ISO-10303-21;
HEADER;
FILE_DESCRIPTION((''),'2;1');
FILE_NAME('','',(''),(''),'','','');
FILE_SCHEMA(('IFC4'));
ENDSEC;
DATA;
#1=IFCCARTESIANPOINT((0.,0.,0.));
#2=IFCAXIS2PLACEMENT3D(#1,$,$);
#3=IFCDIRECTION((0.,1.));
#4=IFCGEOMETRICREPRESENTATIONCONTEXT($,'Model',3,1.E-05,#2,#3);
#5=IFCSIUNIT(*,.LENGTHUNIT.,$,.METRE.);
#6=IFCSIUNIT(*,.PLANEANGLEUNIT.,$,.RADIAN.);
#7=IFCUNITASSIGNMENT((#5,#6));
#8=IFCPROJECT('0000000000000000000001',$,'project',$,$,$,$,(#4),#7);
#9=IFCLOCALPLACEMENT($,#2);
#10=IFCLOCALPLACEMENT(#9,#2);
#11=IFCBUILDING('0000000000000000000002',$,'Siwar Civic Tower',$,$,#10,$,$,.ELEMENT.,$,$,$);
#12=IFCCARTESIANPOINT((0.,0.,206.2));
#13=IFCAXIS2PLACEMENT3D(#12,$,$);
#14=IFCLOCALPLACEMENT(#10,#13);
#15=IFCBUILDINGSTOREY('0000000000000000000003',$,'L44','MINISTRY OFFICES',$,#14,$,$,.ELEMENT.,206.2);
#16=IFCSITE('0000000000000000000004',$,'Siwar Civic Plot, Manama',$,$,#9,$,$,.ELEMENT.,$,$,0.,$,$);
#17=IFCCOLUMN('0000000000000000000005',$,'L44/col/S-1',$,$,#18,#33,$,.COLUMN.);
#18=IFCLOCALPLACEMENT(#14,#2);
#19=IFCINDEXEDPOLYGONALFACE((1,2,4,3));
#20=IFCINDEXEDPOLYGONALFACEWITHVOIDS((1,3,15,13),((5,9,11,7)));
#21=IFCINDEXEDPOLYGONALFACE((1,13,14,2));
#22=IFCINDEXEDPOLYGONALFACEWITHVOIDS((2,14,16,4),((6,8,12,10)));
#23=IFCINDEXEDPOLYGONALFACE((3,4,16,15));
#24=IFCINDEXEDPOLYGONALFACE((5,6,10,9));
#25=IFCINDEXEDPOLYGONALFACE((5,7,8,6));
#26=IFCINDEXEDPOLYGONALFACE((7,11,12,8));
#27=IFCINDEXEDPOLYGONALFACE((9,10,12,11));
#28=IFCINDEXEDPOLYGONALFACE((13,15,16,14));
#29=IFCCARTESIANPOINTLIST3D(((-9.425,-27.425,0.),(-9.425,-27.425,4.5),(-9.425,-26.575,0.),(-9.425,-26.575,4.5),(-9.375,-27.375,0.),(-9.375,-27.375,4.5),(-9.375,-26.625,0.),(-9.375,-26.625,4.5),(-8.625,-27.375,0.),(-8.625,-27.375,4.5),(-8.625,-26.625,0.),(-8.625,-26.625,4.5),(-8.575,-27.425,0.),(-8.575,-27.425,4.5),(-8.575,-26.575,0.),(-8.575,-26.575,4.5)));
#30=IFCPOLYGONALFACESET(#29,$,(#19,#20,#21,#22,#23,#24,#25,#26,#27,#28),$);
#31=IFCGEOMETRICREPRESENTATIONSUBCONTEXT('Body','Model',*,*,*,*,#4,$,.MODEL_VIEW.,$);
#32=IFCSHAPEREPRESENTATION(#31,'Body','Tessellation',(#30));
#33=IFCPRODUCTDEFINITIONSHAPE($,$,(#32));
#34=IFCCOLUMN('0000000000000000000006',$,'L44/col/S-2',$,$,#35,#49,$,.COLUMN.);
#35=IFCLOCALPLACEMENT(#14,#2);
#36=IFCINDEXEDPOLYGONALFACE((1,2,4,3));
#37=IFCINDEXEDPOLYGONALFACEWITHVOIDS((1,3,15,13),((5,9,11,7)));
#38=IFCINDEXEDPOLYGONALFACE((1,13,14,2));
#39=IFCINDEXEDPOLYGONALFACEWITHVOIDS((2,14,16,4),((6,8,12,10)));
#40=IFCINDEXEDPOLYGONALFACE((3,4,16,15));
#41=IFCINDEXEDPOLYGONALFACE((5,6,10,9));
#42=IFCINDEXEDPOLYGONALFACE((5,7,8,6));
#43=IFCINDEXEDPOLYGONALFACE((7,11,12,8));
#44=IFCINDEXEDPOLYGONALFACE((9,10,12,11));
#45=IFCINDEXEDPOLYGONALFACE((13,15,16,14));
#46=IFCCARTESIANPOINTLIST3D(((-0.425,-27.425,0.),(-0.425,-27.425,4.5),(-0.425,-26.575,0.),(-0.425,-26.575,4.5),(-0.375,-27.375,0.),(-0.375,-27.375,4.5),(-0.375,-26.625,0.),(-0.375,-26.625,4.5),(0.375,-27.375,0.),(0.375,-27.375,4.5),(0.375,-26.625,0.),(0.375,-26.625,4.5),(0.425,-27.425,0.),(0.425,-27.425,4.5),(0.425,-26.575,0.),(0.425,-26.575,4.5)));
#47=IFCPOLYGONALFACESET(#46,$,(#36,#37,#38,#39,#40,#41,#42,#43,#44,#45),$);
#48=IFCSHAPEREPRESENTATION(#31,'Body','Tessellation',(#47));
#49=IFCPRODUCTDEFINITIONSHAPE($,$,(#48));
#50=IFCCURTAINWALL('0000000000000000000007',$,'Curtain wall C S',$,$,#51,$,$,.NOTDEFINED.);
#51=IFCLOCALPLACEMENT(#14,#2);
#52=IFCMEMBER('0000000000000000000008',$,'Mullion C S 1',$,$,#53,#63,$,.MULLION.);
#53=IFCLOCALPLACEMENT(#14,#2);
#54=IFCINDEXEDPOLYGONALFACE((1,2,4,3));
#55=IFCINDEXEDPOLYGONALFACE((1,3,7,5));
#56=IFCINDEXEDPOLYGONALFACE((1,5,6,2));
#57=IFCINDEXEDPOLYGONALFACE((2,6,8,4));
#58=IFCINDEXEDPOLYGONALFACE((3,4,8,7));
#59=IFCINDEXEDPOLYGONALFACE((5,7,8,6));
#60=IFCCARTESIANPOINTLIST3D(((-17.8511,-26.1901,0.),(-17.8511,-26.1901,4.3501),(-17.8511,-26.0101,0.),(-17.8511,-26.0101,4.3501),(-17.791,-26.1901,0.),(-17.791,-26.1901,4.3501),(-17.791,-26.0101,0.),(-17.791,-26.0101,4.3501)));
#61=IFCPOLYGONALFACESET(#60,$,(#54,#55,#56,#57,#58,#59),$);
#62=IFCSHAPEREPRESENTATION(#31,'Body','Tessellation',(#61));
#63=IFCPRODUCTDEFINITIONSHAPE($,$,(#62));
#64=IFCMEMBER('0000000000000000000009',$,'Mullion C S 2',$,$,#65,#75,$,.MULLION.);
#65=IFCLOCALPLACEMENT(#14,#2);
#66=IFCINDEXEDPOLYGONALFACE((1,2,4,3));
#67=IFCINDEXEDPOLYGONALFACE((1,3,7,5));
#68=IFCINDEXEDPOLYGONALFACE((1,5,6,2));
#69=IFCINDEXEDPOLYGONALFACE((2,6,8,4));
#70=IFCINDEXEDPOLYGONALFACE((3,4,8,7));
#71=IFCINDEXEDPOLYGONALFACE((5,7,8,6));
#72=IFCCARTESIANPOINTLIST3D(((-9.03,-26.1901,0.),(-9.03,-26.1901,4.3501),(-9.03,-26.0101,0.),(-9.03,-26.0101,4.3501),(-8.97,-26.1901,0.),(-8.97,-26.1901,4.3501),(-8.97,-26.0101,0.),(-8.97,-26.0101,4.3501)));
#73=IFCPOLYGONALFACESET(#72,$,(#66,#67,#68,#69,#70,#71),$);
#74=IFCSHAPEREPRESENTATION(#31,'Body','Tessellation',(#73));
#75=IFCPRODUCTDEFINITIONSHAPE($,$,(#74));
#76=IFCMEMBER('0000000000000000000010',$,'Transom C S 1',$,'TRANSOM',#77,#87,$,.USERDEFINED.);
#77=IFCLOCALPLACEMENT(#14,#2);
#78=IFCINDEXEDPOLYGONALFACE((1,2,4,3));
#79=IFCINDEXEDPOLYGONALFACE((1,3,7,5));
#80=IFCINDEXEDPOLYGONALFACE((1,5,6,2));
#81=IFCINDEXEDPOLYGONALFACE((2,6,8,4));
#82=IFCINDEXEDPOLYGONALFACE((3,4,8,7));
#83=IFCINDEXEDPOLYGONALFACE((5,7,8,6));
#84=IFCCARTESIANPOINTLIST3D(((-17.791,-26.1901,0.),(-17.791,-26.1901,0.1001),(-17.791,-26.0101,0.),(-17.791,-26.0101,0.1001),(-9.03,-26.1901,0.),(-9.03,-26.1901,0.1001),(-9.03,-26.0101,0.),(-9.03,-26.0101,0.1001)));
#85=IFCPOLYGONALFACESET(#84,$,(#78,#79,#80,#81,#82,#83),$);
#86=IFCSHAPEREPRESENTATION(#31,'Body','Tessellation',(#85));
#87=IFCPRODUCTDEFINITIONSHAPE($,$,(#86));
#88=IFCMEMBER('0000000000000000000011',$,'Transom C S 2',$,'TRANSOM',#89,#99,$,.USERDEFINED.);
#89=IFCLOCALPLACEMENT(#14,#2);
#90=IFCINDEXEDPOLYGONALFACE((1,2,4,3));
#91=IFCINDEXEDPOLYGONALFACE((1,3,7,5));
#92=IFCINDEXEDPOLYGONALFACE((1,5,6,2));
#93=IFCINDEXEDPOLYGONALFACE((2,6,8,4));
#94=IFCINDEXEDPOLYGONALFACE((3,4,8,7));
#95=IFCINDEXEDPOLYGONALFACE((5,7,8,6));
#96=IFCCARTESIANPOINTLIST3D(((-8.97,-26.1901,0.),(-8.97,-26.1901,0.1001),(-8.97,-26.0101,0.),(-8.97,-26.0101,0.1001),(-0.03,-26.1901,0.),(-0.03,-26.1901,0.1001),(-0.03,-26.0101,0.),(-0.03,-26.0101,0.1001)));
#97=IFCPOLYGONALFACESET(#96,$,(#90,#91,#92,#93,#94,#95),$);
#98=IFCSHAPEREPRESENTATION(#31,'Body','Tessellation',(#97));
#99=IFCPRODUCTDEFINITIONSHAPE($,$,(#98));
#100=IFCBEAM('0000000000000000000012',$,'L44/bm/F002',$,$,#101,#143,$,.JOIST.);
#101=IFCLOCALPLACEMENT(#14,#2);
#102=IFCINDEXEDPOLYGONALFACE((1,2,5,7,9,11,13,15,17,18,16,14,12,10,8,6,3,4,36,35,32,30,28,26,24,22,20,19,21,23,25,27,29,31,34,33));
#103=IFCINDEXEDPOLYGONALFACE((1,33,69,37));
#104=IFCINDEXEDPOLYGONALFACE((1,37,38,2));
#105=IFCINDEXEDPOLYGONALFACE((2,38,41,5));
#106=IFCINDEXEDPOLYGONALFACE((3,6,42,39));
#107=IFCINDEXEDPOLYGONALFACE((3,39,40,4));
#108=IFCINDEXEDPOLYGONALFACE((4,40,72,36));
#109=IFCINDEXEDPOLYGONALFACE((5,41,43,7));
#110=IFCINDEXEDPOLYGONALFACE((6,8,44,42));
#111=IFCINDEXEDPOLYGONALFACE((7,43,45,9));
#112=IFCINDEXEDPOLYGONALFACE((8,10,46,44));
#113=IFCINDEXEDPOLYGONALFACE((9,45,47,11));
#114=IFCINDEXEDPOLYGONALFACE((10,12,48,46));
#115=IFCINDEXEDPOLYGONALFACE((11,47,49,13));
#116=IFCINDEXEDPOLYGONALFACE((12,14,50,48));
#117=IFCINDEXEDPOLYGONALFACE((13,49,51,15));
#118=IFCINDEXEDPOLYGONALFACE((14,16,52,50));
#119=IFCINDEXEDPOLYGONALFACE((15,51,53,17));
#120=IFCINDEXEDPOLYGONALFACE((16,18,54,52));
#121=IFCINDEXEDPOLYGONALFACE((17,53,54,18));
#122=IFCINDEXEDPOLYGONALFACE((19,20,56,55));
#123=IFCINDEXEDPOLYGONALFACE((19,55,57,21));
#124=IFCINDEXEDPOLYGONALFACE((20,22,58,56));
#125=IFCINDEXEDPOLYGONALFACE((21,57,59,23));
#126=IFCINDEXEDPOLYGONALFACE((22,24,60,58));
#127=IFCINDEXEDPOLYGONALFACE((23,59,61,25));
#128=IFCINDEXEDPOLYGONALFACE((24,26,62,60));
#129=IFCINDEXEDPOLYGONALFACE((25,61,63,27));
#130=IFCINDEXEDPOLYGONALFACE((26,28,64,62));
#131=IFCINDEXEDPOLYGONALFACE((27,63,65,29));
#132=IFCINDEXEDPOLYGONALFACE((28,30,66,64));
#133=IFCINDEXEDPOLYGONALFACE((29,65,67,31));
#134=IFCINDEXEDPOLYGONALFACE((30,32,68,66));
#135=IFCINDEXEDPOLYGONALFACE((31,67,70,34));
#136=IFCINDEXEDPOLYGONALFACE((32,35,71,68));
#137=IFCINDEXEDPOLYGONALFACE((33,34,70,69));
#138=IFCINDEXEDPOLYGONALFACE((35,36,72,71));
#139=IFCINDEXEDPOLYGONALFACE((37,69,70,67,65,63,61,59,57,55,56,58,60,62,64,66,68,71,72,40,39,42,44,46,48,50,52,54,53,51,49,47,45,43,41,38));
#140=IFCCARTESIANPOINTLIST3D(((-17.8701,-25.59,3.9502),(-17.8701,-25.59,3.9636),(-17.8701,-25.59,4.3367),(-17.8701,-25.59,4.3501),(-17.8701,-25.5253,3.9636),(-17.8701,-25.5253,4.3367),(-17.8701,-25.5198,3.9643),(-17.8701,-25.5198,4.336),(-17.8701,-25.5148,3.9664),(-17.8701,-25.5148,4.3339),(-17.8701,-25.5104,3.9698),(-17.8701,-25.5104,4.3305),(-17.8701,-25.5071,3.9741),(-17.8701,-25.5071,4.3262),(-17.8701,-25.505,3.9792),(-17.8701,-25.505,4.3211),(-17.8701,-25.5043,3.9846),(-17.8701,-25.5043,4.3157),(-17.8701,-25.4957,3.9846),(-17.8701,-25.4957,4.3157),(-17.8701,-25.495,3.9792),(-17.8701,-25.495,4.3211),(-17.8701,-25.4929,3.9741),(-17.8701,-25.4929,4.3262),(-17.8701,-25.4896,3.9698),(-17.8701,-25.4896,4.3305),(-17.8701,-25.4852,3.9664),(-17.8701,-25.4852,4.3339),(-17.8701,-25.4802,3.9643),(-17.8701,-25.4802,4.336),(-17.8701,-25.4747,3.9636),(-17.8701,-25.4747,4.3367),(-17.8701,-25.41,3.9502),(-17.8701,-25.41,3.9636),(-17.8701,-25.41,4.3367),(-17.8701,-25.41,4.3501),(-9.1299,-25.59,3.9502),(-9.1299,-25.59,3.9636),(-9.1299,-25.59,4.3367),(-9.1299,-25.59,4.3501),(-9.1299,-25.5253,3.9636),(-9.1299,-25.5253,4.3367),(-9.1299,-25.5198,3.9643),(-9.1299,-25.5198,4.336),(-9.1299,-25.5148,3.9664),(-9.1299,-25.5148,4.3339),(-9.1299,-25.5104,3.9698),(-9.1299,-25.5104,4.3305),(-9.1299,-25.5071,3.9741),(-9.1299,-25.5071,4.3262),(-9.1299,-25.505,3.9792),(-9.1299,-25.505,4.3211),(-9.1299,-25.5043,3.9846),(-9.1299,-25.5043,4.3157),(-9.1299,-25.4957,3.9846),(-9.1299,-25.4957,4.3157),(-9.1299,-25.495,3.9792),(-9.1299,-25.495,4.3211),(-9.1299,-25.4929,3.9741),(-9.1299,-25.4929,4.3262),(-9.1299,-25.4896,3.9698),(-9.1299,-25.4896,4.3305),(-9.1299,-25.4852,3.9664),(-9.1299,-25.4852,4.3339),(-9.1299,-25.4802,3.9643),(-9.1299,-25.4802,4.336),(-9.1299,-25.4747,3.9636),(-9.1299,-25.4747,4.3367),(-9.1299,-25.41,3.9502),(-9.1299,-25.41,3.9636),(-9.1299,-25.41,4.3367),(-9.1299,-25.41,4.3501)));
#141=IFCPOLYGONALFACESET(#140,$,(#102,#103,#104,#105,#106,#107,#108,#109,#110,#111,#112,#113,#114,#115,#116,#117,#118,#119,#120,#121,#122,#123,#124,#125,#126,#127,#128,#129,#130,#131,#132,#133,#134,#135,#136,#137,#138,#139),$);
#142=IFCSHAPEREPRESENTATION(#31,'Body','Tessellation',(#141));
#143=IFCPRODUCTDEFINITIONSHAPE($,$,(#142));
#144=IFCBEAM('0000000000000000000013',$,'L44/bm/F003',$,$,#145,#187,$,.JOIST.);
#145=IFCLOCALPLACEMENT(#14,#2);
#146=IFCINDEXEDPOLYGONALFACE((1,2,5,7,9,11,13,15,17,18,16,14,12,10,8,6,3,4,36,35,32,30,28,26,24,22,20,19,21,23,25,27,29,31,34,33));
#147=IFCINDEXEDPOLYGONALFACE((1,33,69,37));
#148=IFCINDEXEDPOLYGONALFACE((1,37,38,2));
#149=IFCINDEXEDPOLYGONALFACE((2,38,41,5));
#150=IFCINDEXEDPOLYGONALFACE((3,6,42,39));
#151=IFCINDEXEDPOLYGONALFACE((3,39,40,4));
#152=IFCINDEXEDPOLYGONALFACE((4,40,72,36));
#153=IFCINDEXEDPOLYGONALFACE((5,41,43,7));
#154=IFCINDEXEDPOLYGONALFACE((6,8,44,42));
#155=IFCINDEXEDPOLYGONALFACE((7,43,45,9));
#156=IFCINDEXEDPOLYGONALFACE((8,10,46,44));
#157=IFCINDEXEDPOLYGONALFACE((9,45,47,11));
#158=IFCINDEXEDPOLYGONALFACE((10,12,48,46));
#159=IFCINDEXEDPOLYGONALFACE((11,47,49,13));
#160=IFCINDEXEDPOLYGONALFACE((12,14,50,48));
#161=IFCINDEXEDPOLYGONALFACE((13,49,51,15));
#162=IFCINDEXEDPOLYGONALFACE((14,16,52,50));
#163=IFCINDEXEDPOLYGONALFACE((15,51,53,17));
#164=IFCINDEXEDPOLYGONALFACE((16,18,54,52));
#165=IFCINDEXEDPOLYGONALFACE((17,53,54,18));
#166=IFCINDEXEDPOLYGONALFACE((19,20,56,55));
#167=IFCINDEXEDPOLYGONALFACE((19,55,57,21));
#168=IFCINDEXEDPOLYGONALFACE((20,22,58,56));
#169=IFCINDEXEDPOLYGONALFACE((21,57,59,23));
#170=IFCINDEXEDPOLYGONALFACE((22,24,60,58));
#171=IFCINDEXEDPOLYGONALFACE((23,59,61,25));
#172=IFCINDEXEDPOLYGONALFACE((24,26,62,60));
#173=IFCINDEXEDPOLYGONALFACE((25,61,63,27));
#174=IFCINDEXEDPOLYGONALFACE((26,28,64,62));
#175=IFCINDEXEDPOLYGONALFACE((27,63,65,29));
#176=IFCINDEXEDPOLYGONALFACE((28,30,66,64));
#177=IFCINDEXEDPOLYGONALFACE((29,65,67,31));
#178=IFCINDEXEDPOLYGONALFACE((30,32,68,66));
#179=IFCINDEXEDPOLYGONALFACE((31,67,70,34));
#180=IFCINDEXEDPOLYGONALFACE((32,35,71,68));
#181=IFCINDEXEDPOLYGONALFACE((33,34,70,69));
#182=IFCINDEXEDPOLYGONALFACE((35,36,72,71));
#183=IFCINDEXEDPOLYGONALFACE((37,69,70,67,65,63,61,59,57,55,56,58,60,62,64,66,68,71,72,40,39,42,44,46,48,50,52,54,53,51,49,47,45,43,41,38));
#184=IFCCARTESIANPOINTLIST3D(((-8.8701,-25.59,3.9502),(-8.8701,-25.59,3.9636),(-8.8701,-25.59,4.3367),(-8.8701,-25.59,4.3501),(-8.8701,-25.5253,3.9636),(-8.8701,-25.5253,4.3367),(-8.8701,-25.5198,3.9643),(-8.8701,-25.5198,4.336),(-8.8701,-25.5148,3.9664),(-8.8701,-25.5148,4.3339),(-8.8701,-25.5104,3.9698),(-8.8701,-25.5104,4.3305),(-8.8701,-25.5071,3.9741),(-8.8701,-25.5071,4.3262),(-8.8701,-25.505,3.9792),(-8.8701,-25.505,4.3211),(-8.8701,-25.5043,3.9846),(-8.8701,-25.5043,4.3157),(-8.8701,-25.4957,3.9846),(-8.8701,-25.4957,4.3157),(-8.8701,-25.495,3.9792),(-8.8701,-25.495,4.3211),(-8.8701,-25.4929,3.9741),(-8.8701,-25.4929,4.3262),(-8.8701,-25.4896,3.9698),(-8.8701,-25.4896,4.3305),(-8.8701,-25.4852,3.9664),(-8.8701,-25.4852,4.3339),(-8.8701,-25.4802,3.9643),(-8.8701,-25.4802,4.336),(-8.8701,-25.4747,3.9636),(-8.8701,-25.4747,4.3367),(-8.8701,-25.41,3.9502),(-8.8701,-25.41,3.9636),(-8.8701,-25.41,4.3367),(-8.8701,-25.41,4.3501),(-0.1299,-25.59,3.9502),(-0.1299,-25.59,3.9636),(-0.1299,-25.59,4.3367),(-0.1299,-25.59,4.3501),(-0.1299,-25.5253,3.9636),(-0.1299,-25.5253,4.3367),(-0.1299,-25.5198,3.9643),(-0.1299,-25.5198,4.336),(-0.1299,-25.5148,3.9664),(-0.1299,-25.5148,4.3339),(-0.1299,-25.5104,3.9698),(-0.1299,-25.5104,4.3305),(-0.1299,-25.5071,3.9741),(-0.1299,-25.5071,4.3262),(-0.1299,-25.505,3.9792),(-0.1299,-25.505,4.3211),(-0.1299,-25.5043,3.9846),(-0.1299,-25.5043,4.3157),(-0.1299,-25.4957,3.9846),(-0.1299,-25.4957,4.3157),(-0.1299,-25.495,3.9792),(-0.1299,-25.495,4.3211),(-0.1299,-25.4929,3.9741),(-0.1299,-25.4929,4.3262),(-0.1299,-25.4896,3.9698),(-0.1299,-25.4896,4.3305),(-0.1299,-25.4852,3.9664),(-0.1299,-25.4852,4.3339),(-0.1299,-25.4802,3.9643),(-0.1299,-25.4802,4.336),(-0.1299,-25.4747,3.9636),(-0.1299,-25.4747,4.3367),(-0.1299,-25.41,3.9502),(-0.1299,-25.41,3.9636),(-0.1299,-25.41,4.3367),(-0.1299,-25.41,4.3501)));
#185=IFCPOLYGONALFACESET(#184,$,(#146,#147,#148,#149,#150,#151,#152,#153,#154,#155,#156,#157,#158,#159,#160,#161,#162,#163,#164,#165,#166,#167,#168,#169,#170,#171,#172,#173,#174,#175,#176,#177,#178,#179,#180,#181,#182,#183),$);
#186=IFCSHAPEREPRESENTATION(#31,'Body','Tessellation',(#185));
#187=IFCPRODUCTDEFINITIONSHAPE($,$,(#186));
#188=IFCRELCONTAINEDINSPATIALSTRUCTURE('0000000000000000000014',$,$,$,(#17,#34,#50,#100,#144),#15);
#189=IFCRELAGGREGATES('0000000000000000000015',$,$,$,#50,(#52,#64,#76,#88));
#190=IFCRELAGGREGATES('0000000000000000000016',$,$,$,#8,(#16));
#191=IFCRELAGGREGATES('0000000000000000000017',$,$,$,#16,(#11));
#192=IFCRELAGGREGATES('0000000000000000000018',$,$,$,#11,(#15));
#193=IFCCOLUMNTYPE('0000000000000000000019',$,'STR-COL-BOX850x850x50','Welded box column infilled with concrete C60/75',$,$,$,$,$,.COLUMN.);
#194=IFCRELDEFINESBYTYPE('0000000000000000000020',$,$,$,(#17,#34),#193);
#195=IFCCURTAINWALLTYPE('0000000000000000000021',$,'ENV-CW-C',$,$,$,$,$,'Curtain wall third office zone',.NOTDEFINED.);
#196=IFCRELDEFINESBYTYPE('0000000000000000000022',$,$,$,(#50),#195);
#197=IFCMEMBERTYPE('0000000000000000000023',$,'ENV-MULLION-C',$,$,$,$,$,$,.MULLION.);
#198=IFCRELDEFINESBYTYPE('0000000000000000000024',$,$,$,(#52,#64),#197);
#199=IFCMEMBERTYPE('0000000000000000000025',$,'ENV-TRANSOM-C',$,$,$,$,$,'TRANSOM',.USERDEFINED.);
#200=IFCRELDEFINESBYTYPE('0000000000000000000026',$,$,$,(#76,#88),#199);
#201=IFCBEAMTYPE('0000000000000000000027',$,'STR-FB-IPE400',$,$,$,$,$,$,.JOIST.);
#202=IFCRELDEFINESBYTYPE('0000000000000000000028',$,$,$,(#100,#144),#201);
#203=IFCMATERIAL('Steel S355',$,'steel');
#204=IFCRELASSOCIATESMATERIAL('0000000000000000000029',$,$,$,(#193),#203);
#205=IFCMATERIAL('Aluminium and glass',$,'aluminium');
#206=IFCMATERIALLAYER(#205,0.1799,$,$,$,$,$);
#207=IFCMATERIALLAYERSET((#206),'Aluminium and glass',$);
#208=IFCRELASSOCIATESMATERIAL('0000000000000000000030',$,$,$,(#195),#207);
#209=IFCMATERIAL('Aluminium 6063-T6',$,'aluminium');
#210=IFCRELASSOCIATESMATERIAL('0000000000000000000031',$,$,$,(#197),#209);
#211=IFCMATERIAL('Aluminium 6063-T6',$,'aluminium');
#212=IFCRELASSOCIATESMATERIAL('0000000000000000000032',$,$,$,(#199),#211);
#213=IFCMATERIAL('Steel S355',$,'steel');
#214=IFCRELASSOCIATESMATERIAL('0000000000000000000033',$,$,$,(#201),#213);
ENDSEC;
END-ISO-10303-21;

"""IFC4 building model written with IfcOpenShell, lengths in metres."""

from ifc_helpers import new_model, si_unit, direction, frame, origin, origin_2d, place, context, subcontext, project, spatial, rectangle, hollow_rectangle, i_section, extrude, material, layer, layer_set, material_profile, profile_set, type_object, element, aggregate, save


model = new_model("IFC4")

# Units and contexts
model_context = context("Model", 3, precision=1e-05, world=origin(), true_north=direction((0.0, 1.0)))
body_context = subcontext(model_context, "Body", "Model", "MODEL_VIEW")
ifc_project = project(units=[si_unit("LENGTHUNIT", "METRE"), si_unit("PLANEANGLEUNIT", "RADIAN")], contexts=[model_context])

# Site, building, storey
site_placement = place(None, origin())
site = spatial("IfcSite", under=ifc_project, at=site_placement, Name="Siwar Civic Plot, Manama", CompositionType="ELEMENT", RefElevation=0.0)
building_placement = place(site_placement, origin())
building = spatial("IfcBuilding", under=site, at=building_placement, Name="Siwar Civic Tower", CompositionType="ELEMENT")
storey_placement = place(building_placement, frame((0.0, 0.0, 206.2)))
storey = spatial("IfcBuildingStorey", under=building, at=storey_placement, Name="L44", Description="MINISTRY OFFICES", CompositionType="ELEMENT", Elevation=206.2)

# Columns
ifc_material_1 = material(Name="Steel S355", Category="steel")
ifc_material_profile_1 = material_profile(ifc_material_1, hollow_rectangle(XDim=0.8501, YDim=0.8501, WallThickness=0.05, at=origin_2d()), Name="BOX850x850x50")
ifc_profile_set_1 = profile_set([ifc_material_profile_1], Name="Steel S355")
column_type = type_object("IfcColumnType", Name="STR-COL-BOX850x850x50", Description="Welded box column infilled with concrete C60/75", PredefinedType="COLUMN", material=ifc_profile_set_1)
for number, where, z_axis, x_axis, name in (
    (1, (-9.0, -27.0, 0.0), (0.0, 0.0, 1.0), (1.0, 0.0, 0.0), "L44/col/S-1"),
    (2, (0.0, -27.0, 0.0), (0.0, 0.0, 1.0), (1.0, 0.0, 0.0), "L44/col/S-2"),
):
    element("IfcColumn", number, at=place(storey_placement, frame(where, z_axis=z_axis, x_axis=x_axis)), inside=storey, type_object=column_type, Name=name, PredefinedType="COLUMN", context=body_context, shape_type="SweptSolid", body=[
        extrude(hollow_rectangle(XDim=0.8501, YDim=0.8501, WallThickness=0.05, at=origin_2d()), origin(), (0.0, 0.0, 1.0), 4.5),
    ])

# Curtain wall, members
ifc_material_2 = material(Name="Aluminium and glass", Category="aluminium")
ifc_layer_1 = layer(ifc_material_2, 0.1799)
ifc_layer_set_1 = layer_set([ifc_layer_1], Name="Aluminium and glass")
curtain_wall_type = type_object("IfcCurtainWallType", Name="ENV-CW-C", ElementType="Curtain wall third office zone", PredefinedType="NOTDEFINED", material=ifc_layer_set_1)
curtain_wall_placement = place(storey_placement, origin())
curtain_wall = element("IfcCurtainWall", 3, at=curtain_wall_placement, inside=storey, type_object=curtain_wall_type, Name="Curtain wall C S", PredefinedType="NOTDEFINED")
ifc_material_3 = material(Name="Aluminium 6063-T6", Category="aluminium")
ifc_material_profile_2 = material_profile(ifc_material_3, rectangle(XDim=0.1799, YDim=0.0601, at=origin_2d()), Name="AL 180x60")
ifc_profile_set_2 = profile_set([ifc_material_profile_2], Name="Aluminium 6063-T6")
member_type_1 = type_object("IfcMemberType", Name="ENV-MULLION-C", PredefinedType="MULLION", material=ifc_profile_set_2)
member_1_placement = place(storey_placement, frame((-17.821, -26.1001, 0.0), z_axis=(0.0, 0.0, 1.0), x_axis=(0.0, 1.0, 0.0)))
member_1 = element("IfcMember", 4, at=member_1_placement, type_object=member_type_1, Name="Mullion C S 1", PredefinedType="MULLION", context=body_context, shape_type="SweptSolid", body=[
    extrude(rectangle(XDim=0.1799, YDim=0.0601, at=origin_2d()), origin(), (0.0, 0.0, 1.0), 4.3501),
])
member_2_placement = place(storey_placement, frame((-9.0, -26.1001, 0.0), z_axis=(0.0, 0.0, 1.0), x_axis=(0.0, 1.0, 0.0)))
member_2 = element("IfcMember", 5, at=member_2_placement, type_object=member_type_1, Name="Mullion C S 2", PredefinedType="MULLION", context=body_context, shape_type="SweptSolid", body=[
    extrude(rectangle(XDim=0.1799, YDim=0.0601, at=origin_2d()), origin(), (0.0, 0.0, 1.0), 4.3501),
])
ifc_material_4 = material(Name="Aluminium 6063-T6", Category="aluminium")
ifc_material_profile_3 = material_profile(ifc_material_4, rectangle(XDim=0.1799, YDim=0.1001, at=origin_2d()), Name="AL 180x100")
ifc_profile_set_3 = profile_set([ifc_material_profile_3], Name="Aluminium 6063-T6")
member_type_2 = type_object("IfcMemberType", Name="ENV-TRANSOM-C", ElementType="TRANSOM", PredefinedType="USERDEFINED", material=ifc_profile_set_3)
member_3_placement = place(storey_placement, frame((-17.791, -26.1001, 0.05), z_axis=(1.0, 0.0, 0.0), x_axis=(0.0, 1.0, 0.0)))
member_3 = element("IfcMember", 6, at=member_3_placement, type_object=member_type_2, Name="Transom C S 1", ObjectType="TRANSOM", PredefinedType="USERDEFINED", context=body_context, shape_type="SweptSolid", body=[
    extrude(rectangle(XDim=0.1799, YDim=0.1001, at=origin_2d()), origin(), (0.0, 0.0, 1.0), 8.761),
])
member_4_placement = place(storey_placement, frame((-8.97, -26.1001, 0.05), z_axis=(1.0, 0.0, 0.0), x_axis=(0.0, 1.0, 0.0)))
member_4 = element("IfcMember", 7, at=member_4_placement, type_object=member_type_2, Name="Transom C S 2", ObjectType="TRANSOM", PredefinedType="USERDEFINED", context=body_context, shape_type="SweptSolid", body=[
    extrude(rectangle(XDim=0.1799, YDim=0.1001, at=origin_2d()), origin(), (0.0, 0.0, 1.0), 8.9399),
])

# Beams
ifc_material_5 = material(Name="Steel S355", Category="steel")
ifc_material_profile_4 = material_profile(ifc_material_5, i_section(OverallWidth=0.1799, OverallDepth=0.3999, WebThickness=0.0085, FlangeThickness=0.0134, FilletRadius=0.021, at=origin_2d()), Name="IPE400")
ifc_profile_set_4 = profile_set([ifc_material_profile_4], Name="Steel S355")
beam_type_1 = type_object("IfcBeamType", Name="STR-FB-IPE400", PredefinedType="JOIST", material=ifc_profile_set_4)
for number, where, z_axis, x_axis, name in (
    (8, (-17.8701, -25.5, 4.1501), (1.0, 0.0, 0.0), (0.0, 1.0, 0.0), "L44/bm/F002"),
    (9, (-8.8701, -25.5, 4.1501), (1.0, 0.0, 0.0), (0.0, 1.0, 0.0), "L44/bm/F003"),
):
    element("IfcBeam", number, at=place(storey_placement, frame(where, z_axis=z_axis, x_axis=x_axis)), inside=storey, type_object=beam_type_1, Name=name, PredefinedType="JOIST", context=body_context, shape_type="SweptSolid", body=[
        extrude(i_section(OverallWidth=0.1799, OverallDepth=0.3999, WebThickness=0.0085, FlangeThickness=0.0134, FilletRadius=0.021, at=origin_2d()), origin(), (0.0, 0.0, 1.0), 8.7402),
    ])

aggregate(curtain_wall, [member_1, member_2, member_3, member_4])

save(model, "model.ifc")
